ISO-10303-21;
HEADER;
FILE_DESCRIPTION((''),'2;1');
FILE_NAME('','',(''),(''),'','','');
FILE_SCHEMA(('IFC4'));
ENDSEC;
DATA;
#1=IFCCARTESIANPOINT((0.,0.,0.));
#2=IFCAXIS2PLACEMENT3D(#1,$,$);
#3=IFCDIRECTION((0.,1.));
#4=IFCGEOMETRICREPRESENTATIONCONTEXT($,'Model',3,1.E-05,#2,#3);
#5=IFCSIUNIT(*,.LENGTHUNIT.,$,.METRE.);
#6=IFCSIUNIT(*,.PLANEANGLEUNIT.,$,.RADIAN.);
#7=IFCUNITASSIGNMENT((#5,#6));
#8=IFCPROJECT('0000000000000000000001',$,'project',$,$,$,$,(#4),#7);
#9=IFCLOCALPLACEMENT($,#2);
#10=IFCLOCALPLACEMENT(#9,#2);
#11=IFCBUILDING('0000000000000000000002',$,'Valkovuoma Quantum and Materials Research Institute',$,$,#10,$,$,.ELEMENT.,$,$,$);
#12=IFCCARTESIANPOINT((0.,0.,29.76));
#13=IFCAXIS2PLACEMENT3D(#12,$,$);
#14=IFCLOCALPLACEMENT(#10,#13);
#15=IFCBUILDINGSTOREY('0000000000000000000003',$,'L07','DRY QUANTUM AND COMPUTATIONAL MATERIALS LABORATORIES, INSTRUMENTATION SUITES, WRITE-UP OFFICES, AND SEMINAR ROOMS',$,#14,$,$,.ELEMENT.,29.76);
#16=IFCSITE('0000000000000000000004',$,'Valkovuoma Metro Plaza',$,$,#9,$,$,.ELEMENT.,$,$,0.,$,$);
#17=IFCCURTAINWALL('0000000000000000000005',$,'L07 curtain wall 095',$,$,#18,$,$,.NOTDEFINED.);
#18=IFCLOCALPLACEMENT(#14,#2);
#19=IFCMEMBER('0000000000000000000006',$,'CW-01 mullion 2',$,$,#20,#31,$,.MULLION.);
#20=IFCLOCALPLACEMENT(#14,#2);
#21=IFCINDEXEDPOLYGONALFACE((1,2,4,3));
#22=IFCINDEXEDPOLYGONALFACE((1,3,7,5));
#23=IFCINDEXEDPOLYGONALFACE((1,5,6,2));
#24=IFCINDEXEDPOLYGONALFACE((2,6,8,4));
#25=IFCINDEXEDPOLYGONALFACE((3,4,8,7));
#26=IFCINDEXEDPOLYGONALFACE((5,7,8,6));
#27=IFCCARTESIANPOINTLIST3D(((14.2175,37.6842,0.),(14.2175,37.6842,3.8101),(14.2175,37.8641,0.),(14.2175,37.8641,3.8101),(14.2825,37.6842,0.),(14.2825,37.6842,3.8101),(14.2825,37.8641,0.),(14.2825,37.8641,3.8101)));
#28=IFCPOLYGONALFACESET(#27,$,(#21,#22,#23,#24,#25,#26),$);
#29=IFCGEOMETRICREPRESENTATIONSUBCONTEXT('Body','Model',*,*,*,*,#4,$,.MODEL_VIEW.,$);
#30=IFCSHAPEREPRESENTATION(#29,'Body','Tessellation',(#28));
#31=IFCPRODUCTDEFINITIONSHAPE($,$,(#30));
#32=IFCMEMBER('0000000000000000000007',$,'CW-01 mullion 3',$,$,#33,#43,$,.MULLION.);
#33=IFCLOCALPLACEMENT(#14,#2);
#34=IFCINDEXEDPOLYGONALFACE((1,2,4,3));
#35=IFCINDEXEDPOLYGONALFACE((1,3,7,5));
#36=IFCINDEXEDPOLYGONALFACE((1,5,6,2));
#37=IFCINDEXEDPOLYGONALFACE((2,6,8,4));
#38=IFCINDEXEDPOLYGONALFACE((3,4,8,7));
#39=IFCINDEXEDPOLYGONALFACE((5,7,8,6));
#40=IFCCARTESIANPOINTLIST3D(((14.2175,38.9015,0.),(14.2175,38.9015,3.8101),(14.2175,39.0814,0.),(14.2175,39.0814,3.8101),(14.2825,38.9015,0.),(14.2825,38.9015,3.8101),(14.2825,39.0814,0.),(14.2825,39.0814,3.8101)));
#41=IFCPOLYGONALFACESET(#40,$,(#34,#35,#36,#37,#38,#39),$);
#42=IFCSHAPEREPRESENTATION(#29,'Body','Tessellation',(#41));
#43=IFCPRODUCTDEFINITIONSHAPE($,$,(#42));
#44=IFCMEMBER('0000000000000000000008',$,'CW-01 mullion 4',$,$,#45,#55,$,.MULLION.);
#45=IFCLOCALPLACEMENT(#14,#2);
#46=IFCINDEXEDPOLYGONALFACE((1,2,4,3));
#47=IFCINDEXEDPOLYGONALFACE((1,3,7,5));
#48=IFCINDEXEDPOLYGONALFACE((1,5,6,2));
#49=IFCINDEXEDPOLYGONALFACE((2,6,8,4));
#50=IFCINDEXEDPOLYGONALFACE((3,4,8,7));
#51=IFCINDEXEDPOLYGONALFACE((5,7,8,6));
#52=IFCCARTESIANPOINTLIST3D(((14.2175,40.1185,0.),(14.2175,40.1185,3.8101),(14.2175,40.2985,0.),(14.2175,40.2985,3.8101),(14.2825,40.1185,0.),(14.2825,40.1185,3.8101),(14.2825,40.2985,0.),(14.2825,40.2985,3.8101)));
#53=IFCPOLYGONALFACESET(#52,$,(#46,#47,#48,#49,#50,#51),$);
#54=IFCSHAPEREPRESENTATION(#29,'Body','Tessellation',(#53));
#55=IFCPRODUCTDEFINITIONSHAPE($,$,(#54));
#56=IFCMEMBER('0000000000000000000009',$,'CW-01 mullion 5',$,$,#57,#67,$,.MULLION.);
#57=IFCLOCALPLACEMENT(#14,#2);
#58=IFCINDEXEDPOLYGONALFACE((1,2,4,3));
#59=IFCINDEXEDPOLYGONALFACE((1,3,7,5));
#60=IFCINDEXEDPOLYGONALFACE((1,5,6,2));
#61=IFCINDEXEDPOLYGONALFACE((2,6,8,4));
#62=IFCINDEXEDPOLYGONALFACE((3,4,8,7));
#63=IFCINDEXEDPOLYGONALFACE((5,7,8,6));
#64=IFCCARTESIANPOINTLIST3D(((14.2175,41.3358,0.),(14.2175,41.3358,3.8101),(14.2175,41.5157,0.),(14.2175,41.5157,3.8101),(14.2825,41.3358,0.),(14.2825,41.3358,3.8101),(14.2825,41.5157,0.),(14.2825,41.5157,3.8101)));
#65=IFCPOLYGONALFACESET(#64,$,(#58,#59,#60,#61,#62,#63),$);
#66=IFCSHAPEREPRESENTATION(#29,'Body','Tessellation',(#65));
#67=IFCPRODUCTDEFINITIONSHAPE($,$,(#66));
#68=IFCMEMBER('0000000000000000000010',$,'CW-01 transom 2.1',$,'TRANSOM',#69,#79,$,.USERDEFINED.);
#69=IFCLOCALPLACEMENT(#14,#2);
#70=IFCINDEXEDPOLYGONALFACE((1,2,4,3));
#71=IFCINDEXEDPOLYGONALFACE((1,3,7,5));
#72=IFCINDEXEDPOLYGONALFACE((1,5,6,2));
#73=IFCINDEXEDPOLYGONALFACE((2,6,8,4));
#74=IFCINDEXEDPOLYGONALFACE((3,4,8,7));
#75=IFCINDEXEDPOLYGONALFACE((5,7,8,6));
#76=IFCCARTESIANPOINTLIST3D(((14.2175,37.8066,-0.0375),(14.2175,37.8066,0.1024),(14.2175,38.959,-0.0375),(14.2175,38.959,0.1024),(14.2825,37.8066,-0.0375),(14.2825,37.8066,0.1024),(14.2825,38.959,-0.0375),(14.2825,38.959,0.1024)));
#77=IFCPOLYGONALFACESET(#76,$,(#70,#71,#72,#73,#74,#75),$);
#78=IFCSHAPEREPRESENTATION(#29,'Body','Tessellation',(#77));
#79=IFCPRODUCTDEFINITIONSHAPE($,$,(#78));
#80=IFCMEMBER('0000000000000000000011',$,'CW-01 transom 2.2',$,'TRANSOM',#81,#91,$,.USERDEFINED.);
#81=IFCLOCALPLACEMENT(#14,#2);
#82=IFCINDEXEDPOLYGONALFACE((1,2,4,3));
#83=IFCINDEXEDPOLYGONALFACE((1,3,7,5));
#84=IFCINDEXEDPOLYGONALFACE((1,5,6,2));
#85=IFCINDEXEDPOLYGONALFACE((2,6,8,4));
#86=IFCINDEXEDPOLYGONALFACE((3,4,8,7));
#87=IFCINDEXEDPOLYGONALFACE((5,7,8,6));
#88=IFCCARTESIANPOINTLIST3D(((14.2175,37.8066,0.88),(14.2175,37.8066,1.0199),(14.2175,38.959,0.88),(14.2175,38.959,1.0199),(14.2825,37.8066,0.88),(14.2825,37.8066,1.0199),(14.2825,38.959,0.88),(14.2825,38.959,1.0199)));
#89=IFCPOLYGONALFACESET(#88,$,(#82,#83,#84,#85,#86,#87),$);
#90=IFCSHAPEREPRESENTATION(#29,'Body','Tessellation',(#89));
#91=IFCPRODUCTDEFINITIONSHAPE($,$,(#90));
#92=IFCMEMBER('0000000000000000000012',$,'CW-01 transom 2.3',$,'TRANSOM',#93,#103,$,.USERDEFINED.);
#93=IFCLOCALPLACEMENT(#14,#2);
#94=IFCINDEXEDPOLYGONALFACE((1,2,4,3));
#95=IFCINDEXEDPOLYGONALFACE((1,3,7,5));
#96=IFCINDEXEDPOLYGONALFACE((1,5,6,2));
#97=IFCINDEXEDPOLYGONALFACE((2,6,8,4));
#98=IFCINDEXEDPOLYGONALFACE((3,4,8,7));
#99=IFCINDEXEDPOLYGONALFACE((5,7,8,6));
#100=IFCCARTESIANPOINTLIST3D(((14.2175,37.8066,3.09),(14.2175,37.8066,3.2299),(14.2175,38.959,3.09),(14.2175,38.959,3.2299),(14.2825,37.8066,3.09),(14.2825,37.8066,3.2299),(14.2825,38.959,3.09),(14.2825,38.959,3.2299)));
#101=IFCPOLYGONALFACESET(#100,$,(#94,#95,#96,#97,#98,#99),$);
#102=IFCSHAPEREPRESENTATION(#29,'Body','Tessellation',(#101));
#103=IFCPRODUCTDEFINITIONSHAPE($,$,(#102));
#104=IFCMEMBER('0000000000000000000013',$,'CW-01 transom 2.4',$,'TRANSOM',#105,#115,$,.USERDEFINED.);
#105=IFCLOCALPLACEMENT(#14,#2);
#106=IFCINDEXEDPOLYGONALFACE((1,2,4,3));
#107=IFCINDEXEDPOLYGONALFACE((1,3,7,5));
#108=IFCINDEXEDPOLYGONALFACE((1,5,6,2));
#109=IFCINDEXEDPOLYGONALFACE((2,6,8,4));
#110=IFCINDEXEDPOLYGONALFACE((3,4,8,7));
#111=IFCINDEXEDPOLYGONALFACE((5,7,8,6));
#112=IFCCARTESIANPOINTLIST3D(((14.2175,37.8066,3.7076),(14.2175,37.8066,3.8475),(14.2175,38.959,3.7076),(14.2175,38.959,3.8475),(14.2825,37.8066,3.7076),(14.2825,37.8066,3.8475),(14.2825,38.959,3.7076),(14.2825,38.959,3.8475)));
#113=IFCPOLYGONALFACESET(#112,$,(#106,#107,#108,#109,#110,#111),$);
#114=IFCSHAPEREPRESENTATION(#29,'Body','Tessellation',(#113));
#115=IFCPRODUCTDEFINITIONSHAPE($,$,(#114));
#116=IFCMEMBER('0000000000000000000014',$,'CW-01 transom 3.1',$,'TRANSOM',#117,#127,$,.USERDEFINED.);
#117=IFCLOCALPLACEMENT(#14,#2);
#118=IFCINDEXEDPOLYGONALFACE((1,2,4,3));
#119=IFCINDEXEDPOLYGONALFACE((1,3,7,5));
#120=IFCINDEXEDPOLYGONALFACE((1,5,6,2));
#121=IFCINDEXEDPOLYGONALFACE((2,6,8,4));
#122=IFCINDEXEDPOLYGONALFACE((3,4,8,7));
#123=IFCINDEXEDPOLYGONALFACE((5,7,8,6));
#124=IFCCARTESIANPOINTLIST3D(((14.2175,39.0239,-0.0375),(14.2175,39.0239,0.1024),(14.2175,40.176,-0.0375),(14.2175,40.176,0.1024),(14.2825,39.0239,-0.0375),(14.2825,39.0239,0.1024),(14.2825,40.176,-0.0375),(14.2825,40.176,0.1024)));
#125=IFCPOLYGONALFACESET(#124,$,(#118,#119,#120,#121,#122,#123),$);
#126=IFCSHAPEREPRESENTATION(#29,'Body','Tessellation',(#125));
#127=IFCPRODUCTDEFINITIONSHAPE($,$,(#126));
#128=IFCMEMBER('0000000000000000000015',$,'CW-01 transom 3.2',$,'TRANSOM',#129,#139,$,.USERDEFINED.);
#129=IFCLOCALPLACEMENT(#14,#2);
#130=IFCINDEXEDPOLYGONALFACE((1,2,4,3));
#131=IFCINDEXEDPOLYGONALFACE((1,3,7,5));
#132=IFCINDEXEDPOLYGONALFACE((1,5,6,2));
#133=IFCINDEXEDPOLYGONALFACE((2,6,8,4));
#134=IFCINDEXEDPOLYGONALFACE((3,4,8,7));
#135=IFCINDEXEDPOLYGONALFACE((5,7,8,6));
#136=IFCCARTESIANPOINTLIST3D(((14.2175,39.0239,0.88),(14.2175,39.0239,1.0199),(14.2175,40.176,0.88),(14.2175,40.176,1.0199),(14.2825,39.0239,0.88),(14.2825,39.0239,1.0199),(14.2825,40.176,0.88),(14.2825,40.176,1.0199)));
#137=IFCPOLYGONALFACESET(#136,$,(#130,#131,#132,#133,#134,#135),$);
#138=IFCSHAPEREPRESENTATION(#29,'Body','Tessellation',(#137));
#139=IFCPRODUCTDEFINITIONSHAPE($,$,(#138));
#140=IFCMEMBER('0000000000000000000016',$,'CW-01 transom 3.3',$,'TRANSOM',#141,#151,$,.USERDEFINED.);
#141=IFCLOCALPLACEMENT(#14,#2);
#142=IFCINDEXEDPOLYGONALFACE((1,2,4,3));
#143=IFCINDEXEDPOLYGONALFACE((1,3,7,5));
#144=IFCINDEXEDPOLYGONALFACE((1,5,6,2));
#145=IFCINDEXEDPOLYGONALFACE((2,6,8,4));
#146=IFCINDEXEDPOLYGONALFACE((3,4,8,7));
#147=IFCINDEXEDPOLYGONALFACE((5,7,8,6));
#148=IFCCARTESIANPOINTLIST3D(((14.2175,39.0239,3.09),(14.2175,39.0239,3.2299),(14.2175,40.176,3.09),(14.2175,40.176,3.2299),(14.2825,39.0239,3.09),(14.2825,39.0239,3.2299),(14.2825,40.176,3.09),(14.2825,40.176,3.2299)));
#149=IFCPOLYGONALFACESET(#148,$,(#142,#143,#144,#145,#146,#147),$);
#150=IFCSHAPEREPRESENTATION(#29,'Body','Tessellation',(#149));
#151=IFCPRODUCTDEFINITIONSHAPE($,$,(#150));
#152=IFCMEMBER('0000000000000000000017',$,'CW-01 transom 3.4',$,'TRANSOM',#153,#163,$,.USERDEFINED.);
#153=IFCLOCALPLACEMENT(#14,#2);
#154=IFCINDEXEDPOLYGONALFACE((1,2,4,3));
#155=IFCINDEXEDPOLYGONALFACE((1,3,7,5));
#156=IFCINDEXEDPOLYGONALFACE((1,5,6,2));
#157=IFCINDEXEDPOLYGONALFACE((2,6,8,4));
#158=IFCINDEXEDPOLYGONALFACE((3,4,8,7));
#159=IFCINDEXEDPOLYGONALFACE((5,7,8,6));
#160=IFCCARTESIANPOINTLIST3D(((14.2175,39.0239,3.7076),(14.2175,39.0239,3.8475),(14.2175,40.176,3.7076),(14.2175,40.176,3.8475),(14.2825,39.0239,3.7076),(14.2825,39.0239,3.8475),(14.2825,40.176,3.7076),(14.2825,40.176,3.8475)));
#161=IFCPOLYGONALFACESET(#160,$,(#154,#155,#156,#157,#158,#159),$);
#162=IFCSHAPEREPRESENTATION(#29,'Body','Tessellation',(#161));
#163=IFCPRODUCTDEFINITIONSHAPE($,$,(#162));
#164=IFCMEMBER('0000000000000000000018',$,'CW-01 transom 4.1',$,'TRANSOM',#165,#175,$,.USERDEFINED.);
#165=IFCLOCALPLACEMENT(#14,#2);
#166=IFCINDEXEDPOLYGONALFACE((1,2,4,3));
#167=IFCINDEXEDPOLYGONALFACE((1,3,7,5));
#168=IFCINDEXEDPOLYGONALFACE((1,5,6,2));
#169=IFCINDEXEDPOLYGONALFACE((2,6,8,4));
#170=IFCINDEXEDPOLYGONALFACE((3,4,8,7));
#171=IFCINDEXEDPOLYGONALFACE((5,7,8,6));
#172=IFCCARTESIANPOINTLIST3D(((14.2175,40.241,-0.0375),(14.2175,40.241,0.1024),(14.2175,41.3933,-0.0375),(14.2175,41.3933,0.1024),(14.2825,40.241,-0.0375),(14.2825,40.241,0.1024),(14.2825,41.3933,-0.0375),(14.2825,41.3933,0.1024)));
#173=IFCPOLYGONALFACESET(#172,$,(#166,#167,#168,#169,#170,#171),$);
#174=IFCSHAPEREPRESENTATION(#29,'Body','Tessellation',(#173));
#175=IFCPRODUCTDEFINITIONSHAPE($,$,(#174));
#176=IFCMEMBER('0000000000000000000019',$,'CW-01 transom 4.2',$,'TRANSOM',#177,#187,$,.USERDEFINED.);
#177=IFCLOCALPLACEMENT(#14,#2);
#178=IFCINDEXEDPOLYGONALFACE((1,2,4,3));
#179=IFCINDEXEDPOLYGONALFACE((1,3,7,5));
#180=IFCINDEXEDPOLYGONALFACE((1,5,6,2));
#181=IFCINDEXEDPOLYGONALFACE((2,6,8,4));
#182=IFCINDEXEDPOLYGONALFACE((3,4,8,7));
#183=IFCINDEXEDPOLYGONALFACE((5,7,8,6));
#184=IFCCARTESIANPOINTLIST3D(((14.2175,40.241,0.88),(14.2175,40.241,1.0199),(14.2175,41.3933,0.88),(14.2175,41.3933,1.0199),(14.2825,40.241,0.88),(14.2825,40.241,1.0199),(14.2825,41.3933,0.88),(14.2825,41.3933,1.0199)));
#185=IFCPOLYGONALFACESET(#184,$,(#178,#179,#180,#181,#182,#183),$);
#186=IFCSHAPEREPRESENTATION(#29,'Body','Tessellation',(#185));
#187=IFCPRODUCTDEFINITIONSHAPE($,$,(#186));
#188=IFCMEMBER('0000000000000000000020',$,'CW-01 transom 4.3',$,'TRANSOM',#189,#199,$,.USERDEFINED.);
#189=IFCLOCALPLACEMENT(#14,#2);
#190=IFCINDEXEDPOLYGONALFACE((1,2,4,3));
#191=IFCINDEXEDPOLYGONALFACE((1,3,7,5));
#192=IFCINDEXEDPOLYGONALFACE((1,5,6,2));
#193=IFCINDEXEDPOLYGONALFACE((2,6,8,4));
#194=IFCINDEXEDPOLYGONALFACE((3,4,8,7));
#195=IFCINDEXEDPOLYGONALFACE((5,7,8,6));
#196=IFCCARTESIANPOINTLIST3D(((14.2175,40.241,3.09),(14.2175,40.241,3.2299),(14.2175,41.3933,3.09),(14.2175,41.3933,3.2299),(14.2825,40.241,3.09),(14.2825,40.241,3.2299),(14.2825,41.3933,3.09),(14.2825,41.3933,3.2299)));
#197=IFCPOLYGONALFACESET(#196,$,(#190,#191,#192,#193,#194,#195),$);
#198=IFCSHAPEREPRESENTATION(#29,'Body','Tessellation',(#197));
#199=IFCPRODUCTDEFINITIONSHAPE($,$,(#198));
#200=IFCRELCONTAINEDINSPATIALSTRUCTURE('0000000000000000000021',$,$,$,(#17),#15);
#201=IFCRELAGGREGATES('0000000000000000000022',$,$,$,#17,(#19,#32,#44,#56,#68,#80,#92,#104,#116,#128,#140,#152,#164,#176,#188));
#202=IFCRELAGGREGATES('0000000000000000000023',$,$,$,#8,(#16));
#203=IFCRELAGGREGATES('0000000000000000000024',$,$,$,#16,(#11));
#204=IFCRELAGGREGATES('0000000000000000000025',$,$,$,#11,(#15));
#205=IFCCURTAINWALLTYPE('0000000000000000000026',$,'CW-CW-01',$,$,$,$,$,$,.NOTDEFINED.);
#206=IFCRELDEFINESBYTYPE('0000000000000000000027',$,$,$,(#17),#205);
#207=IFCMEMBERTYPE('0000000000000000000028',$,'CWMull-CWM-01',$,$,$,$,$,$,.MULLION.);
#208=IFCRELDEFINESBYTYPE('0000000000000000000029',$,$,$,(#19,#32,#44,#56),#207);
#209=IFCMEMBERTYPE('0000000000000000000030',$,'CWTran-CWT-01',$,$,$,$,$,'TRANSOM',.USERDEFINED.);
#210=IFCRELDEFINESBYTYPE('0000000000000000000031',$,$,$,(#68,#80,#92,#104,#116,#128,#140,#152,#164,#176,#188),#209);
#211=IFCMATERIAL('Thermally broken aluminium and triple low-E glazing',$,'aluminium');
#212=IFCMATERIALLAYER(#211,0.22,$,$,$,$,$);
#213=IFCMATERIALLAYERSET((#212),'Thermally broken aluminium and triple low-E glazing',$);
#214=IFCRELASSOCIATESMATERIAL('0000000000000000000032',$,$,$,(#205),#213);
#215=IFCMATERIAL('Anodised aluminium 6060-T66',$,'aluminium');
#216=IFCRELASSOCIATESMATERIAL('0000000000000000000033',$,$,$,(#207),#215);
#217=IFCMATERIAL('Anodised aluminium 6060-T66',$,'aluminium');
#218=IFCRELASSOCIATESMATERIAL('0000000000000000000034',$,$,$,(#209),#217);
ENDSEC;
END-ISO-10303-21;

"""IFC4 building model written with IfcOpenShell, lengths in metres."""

from ifc_helpers import new_model, si_unit, direction, frame, origin, origin_2d, place, context, subcontext, project, spatial, rectangle, extrude, material, layer, layer_set, material_profile, profile_set, type_object, element, aggregate, save


model = new_model("IFC4")

# Units and contexts
model_context = context("Model", 3, precision=1e-05, world=origin(), true_north=direction((0.0, 1.0)))
body_context = subcontext(model_context, "Body", "Model", "MODEL_VIEW")
ifc_project = project(units=[si_unit("LENGTHUNIT", "METRE"), si_unit("PLANEANGLEUNIT", "RADIAN")], contexts=[model_context])

# Site, building, storey
site_placement = place(None, origin())
site = spatial("IfcSite", under=ifc_project, at=site_placement, Name="Valkovuoma Metro Plaza", CompositionType="ELEMENT", RefElevation=0.0)
building_placement = place(site_placement, origin())
building = spatial("IfcBuilding", under=site, at=building_placement, Name="Valkovuoma Quantum and Materials Research Institute", CompositionType="ELEMENT")
storey_placement = place(building_placement, frame((0.0, 0.0, 29.76)))
storey = spatial("IfcBuildingStorey", under=building, at=storey_placement, Name="L07", Description="DRY QUANTUM AND COMPUTATIONAL MATERIALS LABORATORIES, INSTRUMENTATION SUITES, WRITE-UP OFFICES, AND SEMINAR ROOMS", CompositionType="ELEMENT", Elevation=29.76)

# Curtain wall, members
ifc_material_1 = material(Name="Thermally broken aluminium and triple low-E glazing", Category="aluminium")
ifc_layer_1 = layer(ifc_material_1, 0.22)
ifc_layer_set_1 = layer_set([ifc_layer_1], Name="Thermally broken aluminium and triple low-E glazing")
curtain_wall_type = type_object("IfcCurtainWallType", Name="CW-CW-01", PredefinedType="NOTDEFINED", material=ifc_layer_set_1)
curtain_wall_placement = place(storey_placement, origin())
curtain_wall = element("IfcCurtainWall", 1, at=curtain_wall_placement, inside=storey, type_object=curtain_wall_type, Name="L07 curtain wall 095", PredefinedType="NOTDEFINED")
ifc_material_2 = material(Name="Anodised aluminium 6060-T66", Category="aluminium")
ifc_material_profile_1 = material_profile(ifc_material_2, rectangle(XDim=0.0649, YDim=0.1799, at=origin_2d()), Name="Anodised aluminium 6060-T66")
ifc_profile_set_1 = profile_set([ifc_material_profile_1], Name="Anodised aluminium 6060-T66")
member_type_1 = type_object("IfcMemberType", Name="CWMull-CWM-01", PredefinedType="MULLION", material=ifc_profile_set_1)
member_1_placement = place(storey_placement, frame((14.25, 37.7742, 0.0), z_axis=(0.0, 0.0, 1.0), x_axis=(-1.0, 0.0, 0.0)))
member_1 = element("IfcMember", 2, at=member_1_placement, type_object=member_type_1, Name="CW-01 mullion 2", PredefinedType="MULLION", context=body_context, shape_type="SweptSolid", body=[
    extrude(rectangle(XDim=0.0649, YDim=0.1799, at=origin_2d()), origin(), (0.0, 0.0, 1.0), 3.8101),
])
member_2_placement = place(storey_placement, frame((14.25, 38.9915, 0.0), z_axis=(0.0, 0.0, 1.0), x_axis=(-1.0, 0.0, 0.0)))
member_2 = element("IfcMember", 3, at=member_2_placement, type_object=member_type_1, Name="CW-01 mullion 3", PredefinedType="MULLION", context=body_context, shape_type="SweptSolid", body=[
    extrude(rectangle(XDim=0.0649, YDim=0.1799, at=origin_2d()), origin(), (0.0, 0.0, 1.0), 3.8101),
])
member_3_placement = place(storey_placement, frame((14.25, 40.2085, 0.0), z_axis=(0.0, 0.0, 1.0), x_axis=(-1.0, 0.0, 0.0)))
member_3 = element("IfcMember", 4, at=member_3_placement, type_object=member_type_1, Name="CW-01 mullion 4", PredefinedType="MULLION", context=body_context, shape_type="SweptSolid", body=[
    extrude(rectangle(XDim=0.0649, YDim=0.1799, at=origin_2d()), origin(), (0.0, 0.0, 1.0), 3.8101),
])
member_4_placement = place(storey_placement, frame((14.25, 41.4258, 0.0), z_axis=(0.0, 0.0, 1.0), x_axis=(-1.0, 0.0, 0.0)))
member_4 = element("IfcMember", 5, at=member_4_placement, type_object=member_type_1, Name="CW-01 mullion 5", PredefinedType="MULLION", context=body_context, shape_type="SweptSolid", body=[
    extrude(rectangle(XDim=0.0649, YDim=0.1799, at=origin_2d()), origin(), (0.0, 0.0, 1.0), 3.8101),
])
ifc_material_3 = material(Name="Anodised aluminium 6060-T66", Category="aluminium")
ifc_material_profile_2 = material_profile(ifc_material_3, rectangle(XDim=0.0649, YDim=0.1399, at=origin_2d()), Name="Anodised aluminium 6060-T66")
ifc_profile_set_2 = profile_set([ifc_material_profile_2], Name="Anodised aluminium 6060-T66")
member_type_2 = type_object("IfcMemberType", Name="CWTran-CWT-01", ElementType="TRANSOM", PredefinedType="USERDEFINED", material=ifc_profile_set_2)
member_5_placement = place(storey_placement, frame((14.25, 37.8066, 0.0325), z_axis=(0.0, 1.0, 0.0), x_axis=(-1.0, 0.0, 0.0)))
member_5 = element("IfcMember", 6, at=member_5_placement, type_object=member_type_2, Name="CW-01 transom 2.1", ObjectType="TRANSOM", PredefinedType="USERDEFINED", context=body_context, shape_type="SweptSolid", body=[
    extrude(rectangle(XDim=0.0649, YDim=0.1399, at=origin_2d()), origin(), (0.0, 0.0, 1.0), 1.1523),
])
member_6_placement = place(storey_placement, frame((14.25, 37.8066, 0.95), z_axis=(0.0, 1.0, 0.0), x_axis=(-1.0, 0.0, 0.0)))
member_6 = element("IfcMember", 7, at=member_6_placement, type_object=member_type_2, Name="CW-01 transom 2.2", ObjectType="TRANSOM", PredefinedType="USERDEFINED", context=body_context, shape_type="SweptSolid", body=[
    extrude(rectangle(XDim=0.0649, YDim=0.1399, at=origin_2d()), origin(), (0.0, 0.0, 1.0), 1.1523),
])
member_7_placement = place(storey_placement, frame((14.25, 37.8066, 3.1599), z_axis=(0.0, 1.0, 0.0), x_axis=(-1.0, 0.0, 0.0)))
member_7 = element("IfcMember", 8, at=member_7_placement, type_object=member_type_2, Name="CW-01 transom 2.3", ObjectType="TRANSOM", PredefinedType="USERDEFINED", context=body_context, shape_type="SweptSolid", body=[
    extrude(rectangle(XDim=0.0649, YDim=0.1399, at=origin_2d()), origin(), (0.0, 0.0, 1.0), 1.1523),
])
member_8_placement = place(storey_placement, frame((14.25, 37.8066, 3.7776), z_axis=(0.0, 1.0, 0.0), x_axis=(-1.0, 0.0, 0.0)))
member_8 = element("IfcMember", 9, at=member_8_placement, type_object=member_type_2, Name="CW-01 transom 2.4", ObjectType="TRANSOM", PredefinedType="USERDEFINED", context=body_context, shape_type="SweptSolid", body=[
    extrude(rectangle(XDim=0.0649, YDim=0.1399, at=origin_2d()), origin(), (0.0, 0.0, 1.0), 1.1523),
])
member_9_placement = place(storey_placement, frame((14.25, 39.0239, 0.0325), z_axis=(0.0, 1.0, 0.0), x_axis=(-1.0, 0.0, 0.0)))
member_9 = element("IfcMember", 10, at=member_9_placement, type_object=member_type_2, Name="CW-01 transom 3.1", ObjectType="TRANSOM", PredefinedType="USERDEFINED", context=body_context, shape_type="SweptSolid", body=[
    extrude(rectangle(XDim=0.0649, YDim=0.1399, at=origin_2d()), origin(), (0.0, 0.0, 1.0), 1.1521),
])
member_10_placement = place(storey_placement, frame((14.25, 39.0239, 0.95), z_axis=(0.0, 1.0, 0.0), x_axis=(-1.0, 0.0, 0.0)))
member_10 = element("IfcMember", 11, at=member_10_placement, type_object=member_type_2, Name="CW-01 transom 3.2", ObjectType="TRANSOM", PredefinedType="USERDEFINED", context=body_context, shape_type="SweptSolid", body=[
    extrude(rectangle(XDim=0.0649, YDim=0.1399, at=origin_2d()), origin(), (0.0, 0.0, 1.0), 1.1521),
])
member_11_placement = place(storey_placement, frame((14.25, 39.0239, 3.1599), z_axis=(0.0, 1.0, 0.0), x_axis=(-1.0, 0.0, 0.0)))
member_11 = element("IfcMember", 12, at=member_11_placement, type_object=member_type_2, Name="CW-01 transom 3.3", ObjectType="TRANSOM", PredefinedType="USERDEFINED", context=body_context, shape_type="SweptSolid", body=[
    extrude(rectangle(XDim=0.0649, YDim=0.1399, at=origin_2d()), origin(), (0.0, 0.0, 1.0), 1.1521),
])
member_12_placement = place(storey_placement, frame((14.25, 39.0239, 3.7776), z_axis=(0.0, 1.0, 0.0), x_axis=(-1.0, 0.0, 0.0)))
member_12 = element("IfcMember", 13, at=member_12_placement, type_object=member_type_2, Name="CW-01 transom 3.4", ObjectType="TRANSOM", PredefinedType="USERDEFINED", context=body_context, shape_type="SweptSolid", body=[
    extrude(rectangle(XDim=0.0649, YDim=0.1399, at=origin_2d()), origin(), (0.0, 0.0, 1.0), 1.1521),
])
member_13_placement = place(storey_placement, frame((14.25, 40.241, 0.0325), z_axis=(0.0, 1.0, 0.0), x_axis=(-1.0, 0.0, 0.0)))
member_13 = element("IfcMember", 14, at=member_13_placement, type_object=member_type_2, Name="CW-01 transom 4.1", ObjectType="TRANSOM", PredefinedType="USERDEFINED", context=body_context, shape_type="SweptSolid", body=[
    extrude(rectangle(XDim=0.0649, YDim=0.1399, at=origin_2d()), origin(), (0.0, 0.0, 1.0), 1.1523),
])
member_14_placement = place(storey_placement, frame((14.25, 40.241, 0.95), z_axis=(0.0, 1.0, 0.0), x_axis=(-1.0, 0.0, 0.0)))
member_14 = element("IfcMember", 15, at=member_14_placement, type_object=member_type_2, Name="CW-01 transom 4.2", ObjectType="TRANSOM", PredefinedType="USERDEFINED", context=body_context, shape_type="SweptSolid", body=[
    extrude(rectangle(XDim=0.0649, YDim=0.1399, at=origin_2d()), origin(), (0.0, 0.0, 1.0), 1.1523),
])
member_15_placement = place(storey_placement, frame((14.25, 40.241, 3.1599), z_axis=(0.0, 1.0, 0.0), x_axis=(-1.0, 0.0, 0.0)))
member_15 = element("IfcMember", 16, at=member_15_placement, type_object=member_type_2, Name="CW-01 transom 4.3", ObjectType="TRANSOM", PredefinedType="USERDEFINED", context=body_context, shape_type="SweptSolid", body=[
    extrude(rectangle(XDim=0.0649, YDim=0.1399, at=origin_2d()), origin(), (0.0, 0.0, 1.0), 1.1523),
])
aggregate(curtain_wall, [member_1, member_2, member_3, member_4, member_5, member_6, member_7, member_8, member_9, member_10, member_11, member_12, member_13, member_14, member_15])

save(model, "model.ifc")
